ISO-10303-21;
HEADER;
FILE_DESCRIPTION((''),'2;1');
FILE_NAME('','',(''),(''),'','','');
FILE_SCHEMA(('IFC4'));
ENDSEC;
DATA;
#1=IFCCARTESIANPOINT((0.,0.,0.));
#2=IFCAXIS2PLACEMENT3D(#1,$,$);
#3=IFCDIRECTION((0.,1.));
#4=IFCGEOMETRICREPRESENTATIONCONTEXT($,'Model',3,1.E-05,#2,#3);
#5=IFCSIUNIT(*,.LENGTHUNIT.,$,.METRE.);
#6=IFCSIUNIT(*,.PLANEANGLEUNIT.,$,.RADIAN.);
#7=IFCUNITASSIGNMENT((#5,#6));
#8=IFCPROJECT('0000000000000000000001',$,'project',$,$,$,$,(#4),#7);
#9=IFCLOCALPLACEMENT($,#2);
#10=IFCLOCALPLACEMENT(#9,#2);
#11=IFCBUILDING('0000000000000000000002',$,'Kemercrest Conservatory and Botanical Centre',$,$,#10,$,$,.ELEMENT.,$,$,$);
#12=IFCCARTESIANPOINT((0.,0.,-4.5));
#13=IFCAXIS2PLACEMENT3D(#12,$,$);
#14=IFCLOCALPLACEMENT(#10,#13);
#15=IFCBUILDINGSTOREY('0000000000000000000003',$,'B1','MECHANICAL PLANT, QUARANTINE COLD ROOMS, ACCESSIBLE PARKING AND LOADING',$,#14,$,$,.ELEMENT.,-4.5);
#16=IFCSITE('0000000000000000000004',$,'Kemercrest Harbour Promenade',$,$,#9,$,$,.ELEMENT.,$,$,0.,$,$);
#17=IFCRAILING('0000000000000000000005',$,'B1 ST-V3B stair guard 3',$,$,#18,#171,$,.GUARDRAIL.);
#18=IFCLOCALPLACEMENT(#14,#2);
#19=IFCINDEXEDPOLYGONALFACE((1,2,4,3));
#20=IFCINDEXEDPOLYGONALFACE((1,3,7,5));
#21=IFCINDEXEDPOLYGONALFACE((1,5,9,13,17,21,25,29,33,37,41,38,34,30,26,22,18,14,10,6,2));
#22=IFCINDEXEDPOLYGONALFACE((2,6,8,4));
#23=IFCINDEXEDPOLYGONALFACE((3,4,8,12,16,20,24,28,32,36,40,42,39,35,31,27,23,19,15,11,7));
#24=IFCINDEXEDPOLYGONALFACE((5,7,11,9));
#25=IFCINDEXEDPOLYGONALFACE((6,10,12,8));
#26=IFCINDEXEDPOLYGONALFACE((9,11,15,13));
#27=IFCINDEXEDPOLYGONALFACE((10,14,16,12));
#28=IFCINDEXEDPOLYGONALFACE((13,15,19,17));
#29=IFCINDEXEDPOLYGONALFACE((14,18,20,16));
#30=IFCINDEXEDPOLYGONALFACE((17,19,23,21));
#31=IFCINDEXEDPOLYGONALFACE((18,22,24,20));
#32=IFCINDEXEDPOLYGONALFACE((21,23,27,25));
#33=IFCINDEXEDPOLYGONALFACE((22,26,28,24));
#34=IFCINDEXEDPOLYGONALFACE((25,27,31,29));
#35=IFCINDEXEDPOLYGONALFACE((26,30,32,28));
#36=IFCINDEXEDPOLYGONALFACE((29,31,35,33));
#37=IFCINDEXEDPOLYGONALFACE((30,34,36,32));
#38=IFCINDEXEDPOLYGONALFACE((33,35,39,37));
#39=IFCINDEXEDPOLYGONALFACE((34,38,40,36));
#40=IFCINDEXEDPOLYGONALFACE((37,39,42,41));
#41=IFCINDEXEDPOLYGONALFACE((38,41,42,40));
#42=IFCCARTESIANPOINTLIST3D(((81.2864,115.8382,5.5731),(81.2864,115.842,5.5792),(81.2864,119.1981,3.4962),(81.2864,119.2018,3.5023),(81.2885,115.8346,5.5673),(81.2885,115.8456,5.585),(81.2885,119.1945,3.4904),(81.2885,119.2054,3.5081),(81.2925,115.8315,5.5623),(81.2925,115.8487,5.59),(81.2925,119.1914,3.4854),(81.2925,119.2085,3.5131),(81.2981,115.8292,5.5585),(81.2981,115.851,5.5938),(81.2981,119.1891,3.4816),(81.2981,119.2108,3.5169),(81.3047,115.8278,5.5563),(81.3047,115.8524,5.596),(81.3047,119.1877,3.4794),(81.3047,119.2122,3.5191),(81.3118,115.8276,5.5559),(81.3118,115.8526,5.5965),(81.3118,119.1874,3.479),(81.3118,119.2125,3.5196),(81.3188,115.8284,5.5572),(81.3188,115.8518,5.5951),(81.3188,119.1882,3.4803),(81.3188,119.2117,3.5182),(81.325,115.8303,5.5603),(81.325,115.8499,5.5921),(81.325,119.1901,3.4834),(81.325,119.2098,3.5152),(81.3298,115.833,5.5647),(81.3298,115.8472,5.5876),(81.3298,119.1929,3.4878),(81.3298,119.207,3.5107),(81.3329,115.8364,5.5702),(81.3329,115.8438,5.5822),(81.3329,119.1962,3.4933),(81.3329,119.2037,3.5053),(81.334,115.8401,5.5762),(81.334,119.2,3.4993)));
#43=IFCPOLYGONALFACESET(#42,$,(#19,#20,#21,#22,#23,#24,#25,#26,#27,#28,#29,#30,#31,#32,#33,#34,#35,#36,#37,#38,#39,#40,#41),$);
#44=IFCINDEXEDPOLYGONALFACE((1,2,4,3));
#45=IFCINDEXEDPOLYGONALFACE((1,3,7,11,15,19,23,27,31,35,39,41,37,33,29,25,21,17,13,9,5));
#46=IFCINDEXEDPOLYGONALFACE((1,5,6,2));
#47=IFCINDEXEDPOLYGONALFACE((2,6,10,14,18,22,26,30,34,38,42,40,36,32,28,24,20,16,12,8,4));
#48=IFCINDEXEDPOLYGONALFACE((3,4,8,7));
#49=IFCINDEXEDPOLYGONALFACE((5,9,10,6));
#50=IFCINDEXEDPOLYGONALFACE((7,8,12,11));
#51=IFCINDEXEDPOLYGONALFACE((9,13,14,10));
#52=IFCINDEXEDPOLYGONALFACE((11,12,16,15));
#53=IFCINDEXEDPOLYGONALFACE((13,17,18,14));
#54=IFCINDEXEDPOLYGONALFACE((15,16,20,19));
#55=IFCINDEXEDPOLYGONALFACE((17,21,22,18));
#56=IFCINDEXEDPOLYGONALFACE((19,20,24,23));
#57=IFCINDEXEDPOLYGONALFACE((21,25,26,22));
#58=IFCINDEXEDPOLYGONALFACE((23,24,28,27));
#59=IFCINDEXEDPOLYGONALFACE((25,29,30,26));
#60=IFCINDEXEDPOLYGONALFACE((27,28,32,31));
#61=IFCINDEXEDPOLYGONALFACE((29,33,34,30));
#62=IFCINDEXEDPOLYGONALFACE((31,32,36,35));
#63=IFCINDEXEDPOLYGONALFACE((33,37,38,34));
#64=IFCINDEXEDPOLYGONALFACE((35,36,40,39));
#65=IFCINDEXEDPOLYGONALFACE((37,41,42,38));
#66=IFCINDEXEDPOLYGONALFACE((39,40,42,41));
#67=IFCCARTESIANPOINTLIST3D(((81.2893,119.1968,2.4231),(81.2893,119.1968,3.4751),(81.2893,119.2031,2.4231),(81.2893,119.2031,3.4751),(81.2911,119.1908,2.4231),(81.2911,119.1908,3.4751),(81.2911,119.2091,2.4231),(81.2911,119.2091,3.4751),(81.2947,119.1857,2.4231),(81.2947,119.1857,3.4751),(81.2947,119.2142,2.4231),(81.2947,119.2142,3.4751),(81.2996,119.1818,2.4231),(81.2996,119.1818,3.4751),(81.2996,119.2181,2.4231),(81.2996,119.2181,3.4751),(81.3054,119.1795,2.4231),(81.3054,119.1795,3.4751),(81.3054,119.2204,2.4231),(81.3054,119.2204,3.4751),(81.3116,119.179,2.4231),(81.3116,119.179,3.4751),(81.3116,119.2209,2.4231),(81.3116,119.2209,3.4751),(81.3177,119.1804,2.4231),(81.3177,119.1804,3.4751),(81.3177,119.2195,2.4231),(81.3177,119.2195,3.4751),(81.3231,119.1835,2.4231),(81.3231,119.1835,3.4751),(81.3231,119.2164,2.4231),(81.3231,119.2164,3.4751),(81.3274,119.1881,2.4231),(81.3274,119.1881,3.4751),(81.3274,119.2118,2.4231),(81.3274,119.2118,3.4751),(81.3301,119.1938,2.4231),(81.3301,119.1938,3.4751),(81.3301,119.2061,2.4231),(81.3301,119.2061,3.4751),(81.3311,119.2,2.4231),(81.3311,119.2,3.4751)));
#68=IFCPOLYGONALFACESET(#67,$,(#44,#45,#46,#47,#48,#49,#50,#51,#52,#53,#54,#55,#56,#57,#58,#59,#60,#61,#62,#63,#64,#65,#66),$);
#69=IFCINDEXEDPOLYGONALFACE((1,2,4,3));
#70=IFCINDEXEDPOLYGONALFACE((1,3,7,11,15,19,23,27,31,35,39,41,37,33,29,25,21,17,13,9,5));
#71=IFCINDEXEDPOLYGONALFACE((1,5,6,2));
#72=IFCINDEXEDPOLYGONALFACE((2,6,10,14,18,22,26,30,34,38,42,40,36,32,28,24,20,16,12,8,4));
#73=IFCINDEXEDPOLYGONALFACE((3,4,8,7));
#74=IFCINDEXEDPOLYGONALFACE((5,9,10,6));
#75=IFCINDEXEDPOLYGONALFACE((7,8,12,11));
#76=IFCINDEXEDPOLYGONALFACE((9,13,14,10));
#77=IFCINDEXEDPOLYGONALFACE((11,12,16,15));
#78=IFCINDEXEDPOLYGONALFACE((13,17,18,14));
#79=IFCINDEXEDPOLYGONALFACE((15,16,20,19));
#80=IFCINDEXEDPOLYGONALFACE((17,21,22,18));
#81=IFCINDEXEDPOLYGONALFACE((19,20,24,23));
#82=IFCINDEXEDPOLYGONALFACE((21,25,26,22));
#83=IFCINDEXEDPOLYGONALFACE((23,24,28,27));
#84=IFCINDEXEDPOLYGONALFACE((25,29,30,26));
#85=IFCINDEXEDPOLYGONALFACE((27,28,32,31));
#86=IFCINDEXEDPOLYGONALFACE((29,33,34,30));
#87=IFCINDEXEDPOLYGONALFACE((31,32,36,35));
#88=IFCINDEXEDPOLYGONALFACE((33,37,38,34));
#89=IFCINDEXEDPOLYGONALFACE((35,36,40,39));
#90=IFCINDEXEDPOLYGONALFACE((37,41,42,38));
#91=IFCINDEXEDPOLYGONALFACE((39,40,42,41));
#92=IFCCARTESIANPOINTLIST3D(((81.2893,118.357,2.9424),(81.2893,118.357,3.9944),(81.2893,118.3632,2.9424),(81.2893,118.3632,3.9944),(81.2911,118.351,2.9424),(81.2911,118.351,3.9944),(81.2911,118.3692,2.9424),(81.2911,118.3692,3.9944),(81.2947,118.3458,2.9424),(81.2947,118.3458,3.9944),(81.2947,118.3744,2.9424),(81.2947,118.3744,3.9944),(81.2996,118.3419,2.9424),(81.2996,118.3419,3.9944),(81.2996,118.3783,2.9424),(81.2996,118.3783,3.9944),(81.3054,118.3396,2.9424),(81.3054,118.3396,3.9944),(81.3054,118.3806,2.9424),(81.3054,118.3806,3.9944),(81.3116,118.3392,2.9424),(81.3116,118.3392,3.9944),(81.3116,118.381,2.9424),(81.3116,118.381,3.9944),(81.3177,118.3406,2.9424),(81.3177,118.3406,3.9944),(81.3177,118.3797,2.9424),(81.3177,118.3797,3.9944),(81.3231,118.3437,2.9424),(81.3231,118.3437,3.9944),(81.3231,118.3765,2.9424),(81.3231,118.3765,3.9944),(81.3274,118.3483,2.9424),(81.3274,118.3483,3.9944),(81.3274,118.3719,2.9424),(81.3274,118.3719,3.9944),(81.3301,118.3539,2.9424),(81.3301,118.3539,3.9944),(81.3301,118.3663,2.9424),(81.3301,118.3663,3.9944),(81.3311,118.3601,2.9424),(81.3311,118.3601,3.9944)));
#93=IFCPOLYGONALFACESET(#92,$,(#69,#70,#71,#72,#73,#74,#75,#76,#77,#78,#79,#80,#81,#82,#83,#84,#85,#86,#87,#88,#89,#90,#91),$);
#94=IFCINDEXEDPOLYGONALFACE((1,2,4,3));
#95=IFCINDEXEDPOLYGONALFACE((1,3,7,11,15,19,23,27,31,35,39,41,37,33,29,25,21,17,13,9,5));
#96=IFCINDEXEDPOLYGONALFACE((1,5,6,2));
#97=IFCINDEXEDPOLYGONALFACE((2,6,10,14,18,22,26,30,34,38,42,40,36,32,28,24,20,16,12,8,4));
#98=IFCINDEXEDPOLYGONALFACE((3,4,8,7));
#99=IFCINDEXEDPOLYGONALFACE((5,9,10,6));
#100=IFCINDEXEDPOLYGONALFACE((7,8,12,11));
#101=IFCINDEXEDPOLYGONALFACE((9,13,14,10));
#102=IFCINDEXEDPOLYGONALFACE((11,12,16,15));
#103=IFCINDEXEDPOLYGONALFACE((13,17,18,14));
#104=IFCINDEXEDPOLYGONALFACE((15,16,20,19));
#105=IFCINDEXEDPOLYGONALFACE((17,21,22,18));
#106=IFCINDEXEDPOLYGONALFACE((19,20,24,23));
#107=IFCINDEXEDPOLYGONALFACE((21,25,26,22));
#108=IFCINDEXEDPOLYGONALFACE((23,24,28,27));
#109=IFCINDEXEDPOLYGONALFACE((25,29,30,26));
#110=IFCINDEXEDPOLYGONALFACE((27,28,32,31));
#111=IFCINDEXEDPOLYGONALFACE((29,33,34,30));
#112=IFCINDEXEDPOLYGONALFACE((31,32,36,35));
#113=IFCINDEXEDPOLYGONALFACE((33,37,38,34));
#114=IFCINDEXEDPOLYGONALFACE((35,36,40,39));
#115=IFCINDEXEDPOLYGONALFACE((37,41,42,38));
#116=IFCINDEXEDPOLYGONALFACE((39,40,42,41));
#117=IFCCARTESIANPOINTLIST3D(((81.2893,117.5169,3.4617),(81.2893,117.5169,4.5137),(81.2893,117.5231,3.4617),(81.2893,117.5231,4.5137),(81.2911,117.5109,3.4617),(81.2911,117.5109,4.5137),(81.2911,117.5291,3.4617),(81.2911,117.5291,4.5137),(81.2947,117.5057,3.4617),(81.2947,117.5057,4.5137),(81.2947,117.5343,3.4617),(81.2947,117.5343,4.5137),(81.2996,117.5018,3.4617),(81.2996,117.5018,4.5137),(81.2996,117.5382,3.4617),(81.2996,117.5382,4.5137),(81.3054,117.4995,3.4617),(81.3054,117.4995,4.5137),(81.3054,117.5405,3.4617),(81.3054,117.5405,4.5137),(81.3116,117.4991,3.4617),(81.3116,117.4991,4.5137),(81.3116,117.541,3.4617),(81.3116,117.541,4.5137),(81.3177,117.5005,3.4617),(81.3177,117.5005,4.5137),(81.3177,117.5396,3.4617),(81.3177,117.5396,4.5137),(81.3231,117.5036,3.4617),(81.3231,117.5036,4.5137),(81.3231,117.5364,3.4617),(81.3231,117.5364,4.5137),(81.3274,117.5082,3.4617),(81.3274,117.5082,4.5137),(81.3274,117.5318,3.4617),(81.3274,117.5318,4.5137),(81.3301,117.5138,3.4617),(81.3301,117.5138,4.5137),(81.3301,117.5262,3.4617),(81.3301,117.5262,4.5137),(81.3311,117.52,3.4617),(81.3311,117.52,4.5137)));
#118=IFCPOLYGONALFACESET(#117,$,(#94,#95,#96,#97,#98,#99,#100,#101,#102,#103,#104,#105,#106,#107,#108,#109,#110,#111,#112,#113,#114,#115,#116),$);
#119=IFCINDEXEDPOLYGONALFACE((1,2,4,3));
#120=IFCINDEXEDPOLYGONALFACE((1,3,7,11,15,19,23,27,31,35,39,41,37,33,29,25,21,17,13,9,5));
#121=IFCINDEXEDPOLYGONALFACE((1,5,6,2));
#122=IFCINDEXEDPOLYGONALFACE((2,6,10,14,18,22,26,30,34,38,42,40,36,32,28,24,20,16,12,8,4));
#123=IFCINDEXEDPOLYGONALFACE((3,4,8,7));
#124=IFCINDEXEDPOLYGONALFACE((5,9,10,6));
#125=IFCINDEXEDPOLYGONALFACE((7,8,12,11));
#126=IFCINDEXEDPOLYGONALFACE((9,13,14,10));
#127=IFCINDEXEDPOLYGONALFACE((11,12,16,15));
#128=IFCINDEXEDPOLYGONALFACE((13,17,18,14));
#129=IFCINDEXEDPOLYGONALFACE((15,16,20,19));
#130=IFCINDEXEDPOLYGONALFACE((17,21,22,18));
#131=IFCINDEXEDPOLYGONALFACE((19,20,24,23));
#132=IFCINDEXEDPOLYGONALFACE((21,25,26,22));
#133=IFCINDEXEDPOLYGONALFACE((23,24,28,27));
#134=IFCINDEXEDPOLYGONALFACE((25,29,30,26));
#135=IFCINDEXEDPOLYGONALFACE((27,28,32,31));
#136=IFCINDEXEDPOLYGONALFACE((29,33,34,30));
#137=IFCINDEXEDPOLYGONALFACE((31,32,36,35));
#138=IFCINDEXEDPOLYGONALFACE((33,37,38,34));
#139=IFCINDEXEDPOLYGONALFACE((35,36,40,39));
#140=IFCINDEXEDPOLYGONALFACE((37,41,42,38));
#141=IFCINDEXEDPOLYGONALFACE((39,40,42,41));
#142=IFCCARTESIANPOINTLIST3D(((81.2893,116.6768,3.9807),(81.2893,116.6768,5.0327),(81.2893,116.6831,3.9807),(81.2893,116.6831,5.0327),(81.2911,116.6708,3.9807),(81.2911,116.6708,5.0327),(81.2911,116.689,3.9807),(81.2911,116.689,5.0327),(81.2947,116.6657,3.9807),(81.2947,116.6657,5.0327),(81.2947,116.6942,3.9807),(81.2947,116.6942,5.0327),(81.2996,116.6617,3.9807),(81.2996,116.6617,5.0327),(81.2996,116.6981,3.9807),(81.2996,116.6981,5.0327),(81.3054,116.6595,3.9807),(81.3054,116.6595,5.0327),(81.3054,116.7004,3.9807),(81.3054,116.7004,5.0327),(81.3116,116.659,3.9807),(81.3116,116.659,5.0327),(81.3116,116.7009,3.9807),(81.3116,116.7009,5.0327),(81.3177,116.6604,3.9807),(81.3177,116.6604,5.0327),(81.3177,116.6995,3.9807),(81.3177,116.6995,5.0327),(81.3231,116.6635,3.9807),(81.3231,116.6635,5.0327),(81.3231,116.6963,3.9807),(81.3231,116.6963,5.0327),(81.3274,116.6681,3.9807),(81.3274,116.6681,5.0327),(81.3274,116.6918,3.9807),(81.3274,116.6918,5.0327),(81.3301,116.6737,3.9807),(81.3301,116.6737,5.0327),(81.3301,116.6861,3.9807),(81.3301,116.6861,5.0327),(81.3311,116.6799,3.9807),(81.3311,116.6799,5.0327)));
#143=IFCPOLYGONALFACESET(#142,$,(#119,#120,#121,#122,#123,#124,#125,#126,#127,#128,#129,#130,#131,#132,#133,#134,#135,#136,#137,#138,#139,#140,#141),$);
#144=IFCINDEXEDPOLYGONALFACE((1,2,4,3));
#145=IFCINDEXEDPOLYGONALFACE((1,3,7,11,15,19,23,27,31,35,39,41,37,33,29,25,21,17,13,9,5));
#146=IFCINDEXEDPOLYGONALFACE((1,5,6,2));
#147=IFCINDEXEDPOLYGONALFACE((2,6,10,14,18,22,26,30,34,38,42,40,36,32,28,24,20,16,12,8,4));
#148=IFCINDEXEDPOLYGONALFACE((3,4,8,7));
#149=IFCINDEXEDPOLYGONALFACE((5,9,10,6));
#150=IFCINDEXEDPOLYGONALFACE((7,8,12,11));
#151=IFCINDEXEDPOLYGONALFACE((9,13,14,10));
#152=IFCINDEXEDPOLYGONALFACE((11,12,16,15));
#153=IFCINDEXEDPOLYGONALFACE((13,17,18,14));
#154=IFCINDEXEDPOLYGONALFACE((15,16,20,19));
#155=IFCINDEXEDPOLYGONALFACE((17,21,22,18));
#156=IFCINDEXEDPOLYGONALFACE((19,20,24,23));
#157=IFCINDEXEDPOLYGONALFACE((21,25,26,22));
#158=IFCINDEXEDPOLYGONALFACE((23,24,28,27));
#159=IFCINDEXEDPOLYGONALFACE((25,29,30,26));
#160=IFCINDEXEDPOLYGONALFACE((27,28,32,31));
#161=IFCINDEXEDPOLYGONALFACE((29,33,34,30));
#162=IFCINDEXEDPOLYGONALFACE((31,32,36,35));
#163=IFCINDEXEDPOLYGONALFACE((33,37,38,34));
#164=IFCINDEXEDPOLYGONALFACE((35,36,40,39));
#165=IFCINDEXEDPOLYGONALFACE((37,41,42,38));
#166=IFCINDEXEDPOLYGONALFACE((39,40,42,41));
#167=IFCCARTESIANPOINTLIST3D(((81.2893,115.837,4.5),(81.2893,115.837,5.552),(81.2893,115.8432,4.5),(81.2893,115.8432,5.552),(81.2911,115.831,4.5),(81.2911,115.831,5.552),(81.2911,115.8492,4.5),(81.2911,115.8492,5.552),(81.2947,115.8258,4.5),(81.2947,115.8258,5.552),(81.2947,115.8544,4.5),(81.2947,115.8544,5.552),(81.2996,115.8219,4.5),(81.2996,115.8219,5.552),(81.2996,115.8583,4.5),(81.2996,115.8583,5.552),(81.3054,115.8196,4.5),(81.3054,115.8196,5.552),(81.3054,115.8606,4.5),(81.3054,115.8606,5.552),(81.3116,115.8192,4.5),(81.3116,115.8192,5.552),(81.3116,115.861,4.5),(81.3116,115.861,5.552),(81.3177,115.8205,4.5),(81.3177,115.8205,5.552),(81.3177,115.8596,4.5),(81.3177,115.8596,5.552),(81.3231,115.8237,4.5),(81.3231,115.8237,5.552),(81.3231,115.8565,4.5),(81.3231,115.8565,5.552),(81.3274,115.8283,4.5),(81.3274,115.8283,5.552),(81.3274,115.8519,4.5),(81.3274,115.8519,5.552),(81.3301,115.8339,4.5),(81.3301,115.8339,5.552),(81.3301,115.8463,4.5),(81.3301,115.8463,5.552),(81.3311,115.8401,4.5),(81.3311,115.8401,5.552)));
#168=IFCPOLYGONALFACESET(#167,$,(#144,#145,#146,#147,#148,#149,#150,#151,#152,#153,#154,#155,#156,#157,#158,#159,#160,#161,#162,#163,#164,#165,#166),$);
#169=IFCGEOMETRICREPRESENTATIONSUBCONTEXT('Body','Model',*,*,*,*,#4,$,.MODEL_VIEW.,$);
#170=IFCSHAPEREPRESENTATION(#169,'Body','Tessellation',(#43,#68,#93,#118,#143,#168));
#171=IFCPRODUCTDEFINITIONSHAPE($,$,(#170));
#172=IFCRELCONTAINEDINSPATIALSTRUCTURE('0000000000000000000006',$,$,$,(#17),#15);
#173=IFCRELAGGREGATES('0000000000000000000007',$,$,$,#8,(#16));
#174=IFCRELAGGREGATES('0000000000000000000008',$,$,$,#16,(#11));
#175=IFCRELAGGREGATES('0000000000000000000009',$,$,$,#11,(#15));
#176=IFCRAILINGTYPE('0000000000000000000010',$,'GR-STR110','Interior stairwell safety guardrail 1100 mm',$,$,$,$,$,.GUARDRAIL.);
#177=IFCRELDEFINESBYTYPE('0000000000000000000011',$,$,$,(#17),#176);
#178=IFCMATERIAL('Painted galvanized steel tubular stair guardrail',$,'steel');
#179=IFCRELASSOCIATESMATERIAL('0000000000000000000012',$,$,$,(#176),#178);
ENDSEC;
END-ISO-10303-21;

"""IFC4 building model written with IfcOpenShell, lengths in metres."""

from ifc_helpers import new_model, si_unit, direction, frame, origin, origin_2d, place, context, subcontext, project, spatial, circle, extrude, material, type_object, element, save


model = new_model("IFC4")

# Units and contexts
model_context = context("Model", 3, precision=1e-05, world=origin(), true_north=direction((0.0, 1.0)))
body_context = subcontext(model_context, "Body", "Model", "MODEL_VIEW")
ifc_project = project(units=[si_unit("LENGTHUNIT", "METRE"), si_unit("PLANEANGLEUNIT", "RADIAN")], contexts=[model_context])

# Site, building, storey
site_placement = place(None, origin())
site = spatial("IfcSite", under=ifc_project, at=site_placement, Name="Kemercrest Harbour Promenade", CompositionType="ELEMENT", RefElevation=0.0)
building_placement = place(site_placement, origin())
building = spatial("IfcBuilding", under=site, at=building_placement, Name="Kemercrest Conservatory and Botanical Centre", CompositionType="ELEMENT")
storey_placement = place(building_placement, frame((0.0, 0.0, -4.5)))
storey = spatial("IfcBuildingStorey", under=building, at=storey_placement, Name="B1", Description="MECHANICAL PLANT, QUARANTINE COLD ROOMS, ACCESSIBLE PARKING AND LOADING", CompositionType="ELEMENT", Elevation=-4.5)

# Railing
ifc_material_1 = material(Name="Painted galvanized steel tubular stair guardrail", Category="steel")
railing_type_1 = type_object("IfcRailingType", Name="GR-STR110", Description="Interior stairwell safety guardrail 1100 mm", PredefinedType="GUARDRAIL", material=ifc_material_1)
railing_1_placement = place(storey_placement, frame((81.3101, 119.2, 2.4231)))
element("IfcRailing", 1, at=railing_1_placement, inside=storey, type_object=railing_type_1, Name="B1 ST-V3B stair guard 3", PredefinedType="GUARDRAIL", context=body_context, shape_type="SweptSolid", body=[
    extrude(circle(Radius=0.0239, at=origin_2d()), frame((0.0, 0.0, 1.0762), z_axis=(0.0, -0.850606, 0.525803), x_axis=(1.0, 0.0, 0.0)), (0.0, 0.0, 1.0), 3.95),
    extrude(circle(Radius=0.021, at=origin_2d()), origin(), (0.0, 0.0, 1.0), 1.052),
    extrude(circle(Radius=0.021, at=origin_2d()), frame((0.0, -0.8398, 0.5193)), (0.0, 0.0, 1.0), 1.052),
    extrude(circle(Radius=0.021, at=origin_2d()), frame((0.0, -1.6799, 1.0386)), (0.0, 0.0, 1.0), 1.052),
    extrude(circle(Radius=0.021, at=origin_2d()), frame((0.0, -2.52, 1.5576)), (0.0, 0.0, 1.0), 1.052),
    extrude(circle(Radius=0.021, at=origin_2d()), frame((0.0, -3.3599, 2.0769)), (0.0, 0.0, 1.0), 1.052),
])

save(model, "model.ifc")
